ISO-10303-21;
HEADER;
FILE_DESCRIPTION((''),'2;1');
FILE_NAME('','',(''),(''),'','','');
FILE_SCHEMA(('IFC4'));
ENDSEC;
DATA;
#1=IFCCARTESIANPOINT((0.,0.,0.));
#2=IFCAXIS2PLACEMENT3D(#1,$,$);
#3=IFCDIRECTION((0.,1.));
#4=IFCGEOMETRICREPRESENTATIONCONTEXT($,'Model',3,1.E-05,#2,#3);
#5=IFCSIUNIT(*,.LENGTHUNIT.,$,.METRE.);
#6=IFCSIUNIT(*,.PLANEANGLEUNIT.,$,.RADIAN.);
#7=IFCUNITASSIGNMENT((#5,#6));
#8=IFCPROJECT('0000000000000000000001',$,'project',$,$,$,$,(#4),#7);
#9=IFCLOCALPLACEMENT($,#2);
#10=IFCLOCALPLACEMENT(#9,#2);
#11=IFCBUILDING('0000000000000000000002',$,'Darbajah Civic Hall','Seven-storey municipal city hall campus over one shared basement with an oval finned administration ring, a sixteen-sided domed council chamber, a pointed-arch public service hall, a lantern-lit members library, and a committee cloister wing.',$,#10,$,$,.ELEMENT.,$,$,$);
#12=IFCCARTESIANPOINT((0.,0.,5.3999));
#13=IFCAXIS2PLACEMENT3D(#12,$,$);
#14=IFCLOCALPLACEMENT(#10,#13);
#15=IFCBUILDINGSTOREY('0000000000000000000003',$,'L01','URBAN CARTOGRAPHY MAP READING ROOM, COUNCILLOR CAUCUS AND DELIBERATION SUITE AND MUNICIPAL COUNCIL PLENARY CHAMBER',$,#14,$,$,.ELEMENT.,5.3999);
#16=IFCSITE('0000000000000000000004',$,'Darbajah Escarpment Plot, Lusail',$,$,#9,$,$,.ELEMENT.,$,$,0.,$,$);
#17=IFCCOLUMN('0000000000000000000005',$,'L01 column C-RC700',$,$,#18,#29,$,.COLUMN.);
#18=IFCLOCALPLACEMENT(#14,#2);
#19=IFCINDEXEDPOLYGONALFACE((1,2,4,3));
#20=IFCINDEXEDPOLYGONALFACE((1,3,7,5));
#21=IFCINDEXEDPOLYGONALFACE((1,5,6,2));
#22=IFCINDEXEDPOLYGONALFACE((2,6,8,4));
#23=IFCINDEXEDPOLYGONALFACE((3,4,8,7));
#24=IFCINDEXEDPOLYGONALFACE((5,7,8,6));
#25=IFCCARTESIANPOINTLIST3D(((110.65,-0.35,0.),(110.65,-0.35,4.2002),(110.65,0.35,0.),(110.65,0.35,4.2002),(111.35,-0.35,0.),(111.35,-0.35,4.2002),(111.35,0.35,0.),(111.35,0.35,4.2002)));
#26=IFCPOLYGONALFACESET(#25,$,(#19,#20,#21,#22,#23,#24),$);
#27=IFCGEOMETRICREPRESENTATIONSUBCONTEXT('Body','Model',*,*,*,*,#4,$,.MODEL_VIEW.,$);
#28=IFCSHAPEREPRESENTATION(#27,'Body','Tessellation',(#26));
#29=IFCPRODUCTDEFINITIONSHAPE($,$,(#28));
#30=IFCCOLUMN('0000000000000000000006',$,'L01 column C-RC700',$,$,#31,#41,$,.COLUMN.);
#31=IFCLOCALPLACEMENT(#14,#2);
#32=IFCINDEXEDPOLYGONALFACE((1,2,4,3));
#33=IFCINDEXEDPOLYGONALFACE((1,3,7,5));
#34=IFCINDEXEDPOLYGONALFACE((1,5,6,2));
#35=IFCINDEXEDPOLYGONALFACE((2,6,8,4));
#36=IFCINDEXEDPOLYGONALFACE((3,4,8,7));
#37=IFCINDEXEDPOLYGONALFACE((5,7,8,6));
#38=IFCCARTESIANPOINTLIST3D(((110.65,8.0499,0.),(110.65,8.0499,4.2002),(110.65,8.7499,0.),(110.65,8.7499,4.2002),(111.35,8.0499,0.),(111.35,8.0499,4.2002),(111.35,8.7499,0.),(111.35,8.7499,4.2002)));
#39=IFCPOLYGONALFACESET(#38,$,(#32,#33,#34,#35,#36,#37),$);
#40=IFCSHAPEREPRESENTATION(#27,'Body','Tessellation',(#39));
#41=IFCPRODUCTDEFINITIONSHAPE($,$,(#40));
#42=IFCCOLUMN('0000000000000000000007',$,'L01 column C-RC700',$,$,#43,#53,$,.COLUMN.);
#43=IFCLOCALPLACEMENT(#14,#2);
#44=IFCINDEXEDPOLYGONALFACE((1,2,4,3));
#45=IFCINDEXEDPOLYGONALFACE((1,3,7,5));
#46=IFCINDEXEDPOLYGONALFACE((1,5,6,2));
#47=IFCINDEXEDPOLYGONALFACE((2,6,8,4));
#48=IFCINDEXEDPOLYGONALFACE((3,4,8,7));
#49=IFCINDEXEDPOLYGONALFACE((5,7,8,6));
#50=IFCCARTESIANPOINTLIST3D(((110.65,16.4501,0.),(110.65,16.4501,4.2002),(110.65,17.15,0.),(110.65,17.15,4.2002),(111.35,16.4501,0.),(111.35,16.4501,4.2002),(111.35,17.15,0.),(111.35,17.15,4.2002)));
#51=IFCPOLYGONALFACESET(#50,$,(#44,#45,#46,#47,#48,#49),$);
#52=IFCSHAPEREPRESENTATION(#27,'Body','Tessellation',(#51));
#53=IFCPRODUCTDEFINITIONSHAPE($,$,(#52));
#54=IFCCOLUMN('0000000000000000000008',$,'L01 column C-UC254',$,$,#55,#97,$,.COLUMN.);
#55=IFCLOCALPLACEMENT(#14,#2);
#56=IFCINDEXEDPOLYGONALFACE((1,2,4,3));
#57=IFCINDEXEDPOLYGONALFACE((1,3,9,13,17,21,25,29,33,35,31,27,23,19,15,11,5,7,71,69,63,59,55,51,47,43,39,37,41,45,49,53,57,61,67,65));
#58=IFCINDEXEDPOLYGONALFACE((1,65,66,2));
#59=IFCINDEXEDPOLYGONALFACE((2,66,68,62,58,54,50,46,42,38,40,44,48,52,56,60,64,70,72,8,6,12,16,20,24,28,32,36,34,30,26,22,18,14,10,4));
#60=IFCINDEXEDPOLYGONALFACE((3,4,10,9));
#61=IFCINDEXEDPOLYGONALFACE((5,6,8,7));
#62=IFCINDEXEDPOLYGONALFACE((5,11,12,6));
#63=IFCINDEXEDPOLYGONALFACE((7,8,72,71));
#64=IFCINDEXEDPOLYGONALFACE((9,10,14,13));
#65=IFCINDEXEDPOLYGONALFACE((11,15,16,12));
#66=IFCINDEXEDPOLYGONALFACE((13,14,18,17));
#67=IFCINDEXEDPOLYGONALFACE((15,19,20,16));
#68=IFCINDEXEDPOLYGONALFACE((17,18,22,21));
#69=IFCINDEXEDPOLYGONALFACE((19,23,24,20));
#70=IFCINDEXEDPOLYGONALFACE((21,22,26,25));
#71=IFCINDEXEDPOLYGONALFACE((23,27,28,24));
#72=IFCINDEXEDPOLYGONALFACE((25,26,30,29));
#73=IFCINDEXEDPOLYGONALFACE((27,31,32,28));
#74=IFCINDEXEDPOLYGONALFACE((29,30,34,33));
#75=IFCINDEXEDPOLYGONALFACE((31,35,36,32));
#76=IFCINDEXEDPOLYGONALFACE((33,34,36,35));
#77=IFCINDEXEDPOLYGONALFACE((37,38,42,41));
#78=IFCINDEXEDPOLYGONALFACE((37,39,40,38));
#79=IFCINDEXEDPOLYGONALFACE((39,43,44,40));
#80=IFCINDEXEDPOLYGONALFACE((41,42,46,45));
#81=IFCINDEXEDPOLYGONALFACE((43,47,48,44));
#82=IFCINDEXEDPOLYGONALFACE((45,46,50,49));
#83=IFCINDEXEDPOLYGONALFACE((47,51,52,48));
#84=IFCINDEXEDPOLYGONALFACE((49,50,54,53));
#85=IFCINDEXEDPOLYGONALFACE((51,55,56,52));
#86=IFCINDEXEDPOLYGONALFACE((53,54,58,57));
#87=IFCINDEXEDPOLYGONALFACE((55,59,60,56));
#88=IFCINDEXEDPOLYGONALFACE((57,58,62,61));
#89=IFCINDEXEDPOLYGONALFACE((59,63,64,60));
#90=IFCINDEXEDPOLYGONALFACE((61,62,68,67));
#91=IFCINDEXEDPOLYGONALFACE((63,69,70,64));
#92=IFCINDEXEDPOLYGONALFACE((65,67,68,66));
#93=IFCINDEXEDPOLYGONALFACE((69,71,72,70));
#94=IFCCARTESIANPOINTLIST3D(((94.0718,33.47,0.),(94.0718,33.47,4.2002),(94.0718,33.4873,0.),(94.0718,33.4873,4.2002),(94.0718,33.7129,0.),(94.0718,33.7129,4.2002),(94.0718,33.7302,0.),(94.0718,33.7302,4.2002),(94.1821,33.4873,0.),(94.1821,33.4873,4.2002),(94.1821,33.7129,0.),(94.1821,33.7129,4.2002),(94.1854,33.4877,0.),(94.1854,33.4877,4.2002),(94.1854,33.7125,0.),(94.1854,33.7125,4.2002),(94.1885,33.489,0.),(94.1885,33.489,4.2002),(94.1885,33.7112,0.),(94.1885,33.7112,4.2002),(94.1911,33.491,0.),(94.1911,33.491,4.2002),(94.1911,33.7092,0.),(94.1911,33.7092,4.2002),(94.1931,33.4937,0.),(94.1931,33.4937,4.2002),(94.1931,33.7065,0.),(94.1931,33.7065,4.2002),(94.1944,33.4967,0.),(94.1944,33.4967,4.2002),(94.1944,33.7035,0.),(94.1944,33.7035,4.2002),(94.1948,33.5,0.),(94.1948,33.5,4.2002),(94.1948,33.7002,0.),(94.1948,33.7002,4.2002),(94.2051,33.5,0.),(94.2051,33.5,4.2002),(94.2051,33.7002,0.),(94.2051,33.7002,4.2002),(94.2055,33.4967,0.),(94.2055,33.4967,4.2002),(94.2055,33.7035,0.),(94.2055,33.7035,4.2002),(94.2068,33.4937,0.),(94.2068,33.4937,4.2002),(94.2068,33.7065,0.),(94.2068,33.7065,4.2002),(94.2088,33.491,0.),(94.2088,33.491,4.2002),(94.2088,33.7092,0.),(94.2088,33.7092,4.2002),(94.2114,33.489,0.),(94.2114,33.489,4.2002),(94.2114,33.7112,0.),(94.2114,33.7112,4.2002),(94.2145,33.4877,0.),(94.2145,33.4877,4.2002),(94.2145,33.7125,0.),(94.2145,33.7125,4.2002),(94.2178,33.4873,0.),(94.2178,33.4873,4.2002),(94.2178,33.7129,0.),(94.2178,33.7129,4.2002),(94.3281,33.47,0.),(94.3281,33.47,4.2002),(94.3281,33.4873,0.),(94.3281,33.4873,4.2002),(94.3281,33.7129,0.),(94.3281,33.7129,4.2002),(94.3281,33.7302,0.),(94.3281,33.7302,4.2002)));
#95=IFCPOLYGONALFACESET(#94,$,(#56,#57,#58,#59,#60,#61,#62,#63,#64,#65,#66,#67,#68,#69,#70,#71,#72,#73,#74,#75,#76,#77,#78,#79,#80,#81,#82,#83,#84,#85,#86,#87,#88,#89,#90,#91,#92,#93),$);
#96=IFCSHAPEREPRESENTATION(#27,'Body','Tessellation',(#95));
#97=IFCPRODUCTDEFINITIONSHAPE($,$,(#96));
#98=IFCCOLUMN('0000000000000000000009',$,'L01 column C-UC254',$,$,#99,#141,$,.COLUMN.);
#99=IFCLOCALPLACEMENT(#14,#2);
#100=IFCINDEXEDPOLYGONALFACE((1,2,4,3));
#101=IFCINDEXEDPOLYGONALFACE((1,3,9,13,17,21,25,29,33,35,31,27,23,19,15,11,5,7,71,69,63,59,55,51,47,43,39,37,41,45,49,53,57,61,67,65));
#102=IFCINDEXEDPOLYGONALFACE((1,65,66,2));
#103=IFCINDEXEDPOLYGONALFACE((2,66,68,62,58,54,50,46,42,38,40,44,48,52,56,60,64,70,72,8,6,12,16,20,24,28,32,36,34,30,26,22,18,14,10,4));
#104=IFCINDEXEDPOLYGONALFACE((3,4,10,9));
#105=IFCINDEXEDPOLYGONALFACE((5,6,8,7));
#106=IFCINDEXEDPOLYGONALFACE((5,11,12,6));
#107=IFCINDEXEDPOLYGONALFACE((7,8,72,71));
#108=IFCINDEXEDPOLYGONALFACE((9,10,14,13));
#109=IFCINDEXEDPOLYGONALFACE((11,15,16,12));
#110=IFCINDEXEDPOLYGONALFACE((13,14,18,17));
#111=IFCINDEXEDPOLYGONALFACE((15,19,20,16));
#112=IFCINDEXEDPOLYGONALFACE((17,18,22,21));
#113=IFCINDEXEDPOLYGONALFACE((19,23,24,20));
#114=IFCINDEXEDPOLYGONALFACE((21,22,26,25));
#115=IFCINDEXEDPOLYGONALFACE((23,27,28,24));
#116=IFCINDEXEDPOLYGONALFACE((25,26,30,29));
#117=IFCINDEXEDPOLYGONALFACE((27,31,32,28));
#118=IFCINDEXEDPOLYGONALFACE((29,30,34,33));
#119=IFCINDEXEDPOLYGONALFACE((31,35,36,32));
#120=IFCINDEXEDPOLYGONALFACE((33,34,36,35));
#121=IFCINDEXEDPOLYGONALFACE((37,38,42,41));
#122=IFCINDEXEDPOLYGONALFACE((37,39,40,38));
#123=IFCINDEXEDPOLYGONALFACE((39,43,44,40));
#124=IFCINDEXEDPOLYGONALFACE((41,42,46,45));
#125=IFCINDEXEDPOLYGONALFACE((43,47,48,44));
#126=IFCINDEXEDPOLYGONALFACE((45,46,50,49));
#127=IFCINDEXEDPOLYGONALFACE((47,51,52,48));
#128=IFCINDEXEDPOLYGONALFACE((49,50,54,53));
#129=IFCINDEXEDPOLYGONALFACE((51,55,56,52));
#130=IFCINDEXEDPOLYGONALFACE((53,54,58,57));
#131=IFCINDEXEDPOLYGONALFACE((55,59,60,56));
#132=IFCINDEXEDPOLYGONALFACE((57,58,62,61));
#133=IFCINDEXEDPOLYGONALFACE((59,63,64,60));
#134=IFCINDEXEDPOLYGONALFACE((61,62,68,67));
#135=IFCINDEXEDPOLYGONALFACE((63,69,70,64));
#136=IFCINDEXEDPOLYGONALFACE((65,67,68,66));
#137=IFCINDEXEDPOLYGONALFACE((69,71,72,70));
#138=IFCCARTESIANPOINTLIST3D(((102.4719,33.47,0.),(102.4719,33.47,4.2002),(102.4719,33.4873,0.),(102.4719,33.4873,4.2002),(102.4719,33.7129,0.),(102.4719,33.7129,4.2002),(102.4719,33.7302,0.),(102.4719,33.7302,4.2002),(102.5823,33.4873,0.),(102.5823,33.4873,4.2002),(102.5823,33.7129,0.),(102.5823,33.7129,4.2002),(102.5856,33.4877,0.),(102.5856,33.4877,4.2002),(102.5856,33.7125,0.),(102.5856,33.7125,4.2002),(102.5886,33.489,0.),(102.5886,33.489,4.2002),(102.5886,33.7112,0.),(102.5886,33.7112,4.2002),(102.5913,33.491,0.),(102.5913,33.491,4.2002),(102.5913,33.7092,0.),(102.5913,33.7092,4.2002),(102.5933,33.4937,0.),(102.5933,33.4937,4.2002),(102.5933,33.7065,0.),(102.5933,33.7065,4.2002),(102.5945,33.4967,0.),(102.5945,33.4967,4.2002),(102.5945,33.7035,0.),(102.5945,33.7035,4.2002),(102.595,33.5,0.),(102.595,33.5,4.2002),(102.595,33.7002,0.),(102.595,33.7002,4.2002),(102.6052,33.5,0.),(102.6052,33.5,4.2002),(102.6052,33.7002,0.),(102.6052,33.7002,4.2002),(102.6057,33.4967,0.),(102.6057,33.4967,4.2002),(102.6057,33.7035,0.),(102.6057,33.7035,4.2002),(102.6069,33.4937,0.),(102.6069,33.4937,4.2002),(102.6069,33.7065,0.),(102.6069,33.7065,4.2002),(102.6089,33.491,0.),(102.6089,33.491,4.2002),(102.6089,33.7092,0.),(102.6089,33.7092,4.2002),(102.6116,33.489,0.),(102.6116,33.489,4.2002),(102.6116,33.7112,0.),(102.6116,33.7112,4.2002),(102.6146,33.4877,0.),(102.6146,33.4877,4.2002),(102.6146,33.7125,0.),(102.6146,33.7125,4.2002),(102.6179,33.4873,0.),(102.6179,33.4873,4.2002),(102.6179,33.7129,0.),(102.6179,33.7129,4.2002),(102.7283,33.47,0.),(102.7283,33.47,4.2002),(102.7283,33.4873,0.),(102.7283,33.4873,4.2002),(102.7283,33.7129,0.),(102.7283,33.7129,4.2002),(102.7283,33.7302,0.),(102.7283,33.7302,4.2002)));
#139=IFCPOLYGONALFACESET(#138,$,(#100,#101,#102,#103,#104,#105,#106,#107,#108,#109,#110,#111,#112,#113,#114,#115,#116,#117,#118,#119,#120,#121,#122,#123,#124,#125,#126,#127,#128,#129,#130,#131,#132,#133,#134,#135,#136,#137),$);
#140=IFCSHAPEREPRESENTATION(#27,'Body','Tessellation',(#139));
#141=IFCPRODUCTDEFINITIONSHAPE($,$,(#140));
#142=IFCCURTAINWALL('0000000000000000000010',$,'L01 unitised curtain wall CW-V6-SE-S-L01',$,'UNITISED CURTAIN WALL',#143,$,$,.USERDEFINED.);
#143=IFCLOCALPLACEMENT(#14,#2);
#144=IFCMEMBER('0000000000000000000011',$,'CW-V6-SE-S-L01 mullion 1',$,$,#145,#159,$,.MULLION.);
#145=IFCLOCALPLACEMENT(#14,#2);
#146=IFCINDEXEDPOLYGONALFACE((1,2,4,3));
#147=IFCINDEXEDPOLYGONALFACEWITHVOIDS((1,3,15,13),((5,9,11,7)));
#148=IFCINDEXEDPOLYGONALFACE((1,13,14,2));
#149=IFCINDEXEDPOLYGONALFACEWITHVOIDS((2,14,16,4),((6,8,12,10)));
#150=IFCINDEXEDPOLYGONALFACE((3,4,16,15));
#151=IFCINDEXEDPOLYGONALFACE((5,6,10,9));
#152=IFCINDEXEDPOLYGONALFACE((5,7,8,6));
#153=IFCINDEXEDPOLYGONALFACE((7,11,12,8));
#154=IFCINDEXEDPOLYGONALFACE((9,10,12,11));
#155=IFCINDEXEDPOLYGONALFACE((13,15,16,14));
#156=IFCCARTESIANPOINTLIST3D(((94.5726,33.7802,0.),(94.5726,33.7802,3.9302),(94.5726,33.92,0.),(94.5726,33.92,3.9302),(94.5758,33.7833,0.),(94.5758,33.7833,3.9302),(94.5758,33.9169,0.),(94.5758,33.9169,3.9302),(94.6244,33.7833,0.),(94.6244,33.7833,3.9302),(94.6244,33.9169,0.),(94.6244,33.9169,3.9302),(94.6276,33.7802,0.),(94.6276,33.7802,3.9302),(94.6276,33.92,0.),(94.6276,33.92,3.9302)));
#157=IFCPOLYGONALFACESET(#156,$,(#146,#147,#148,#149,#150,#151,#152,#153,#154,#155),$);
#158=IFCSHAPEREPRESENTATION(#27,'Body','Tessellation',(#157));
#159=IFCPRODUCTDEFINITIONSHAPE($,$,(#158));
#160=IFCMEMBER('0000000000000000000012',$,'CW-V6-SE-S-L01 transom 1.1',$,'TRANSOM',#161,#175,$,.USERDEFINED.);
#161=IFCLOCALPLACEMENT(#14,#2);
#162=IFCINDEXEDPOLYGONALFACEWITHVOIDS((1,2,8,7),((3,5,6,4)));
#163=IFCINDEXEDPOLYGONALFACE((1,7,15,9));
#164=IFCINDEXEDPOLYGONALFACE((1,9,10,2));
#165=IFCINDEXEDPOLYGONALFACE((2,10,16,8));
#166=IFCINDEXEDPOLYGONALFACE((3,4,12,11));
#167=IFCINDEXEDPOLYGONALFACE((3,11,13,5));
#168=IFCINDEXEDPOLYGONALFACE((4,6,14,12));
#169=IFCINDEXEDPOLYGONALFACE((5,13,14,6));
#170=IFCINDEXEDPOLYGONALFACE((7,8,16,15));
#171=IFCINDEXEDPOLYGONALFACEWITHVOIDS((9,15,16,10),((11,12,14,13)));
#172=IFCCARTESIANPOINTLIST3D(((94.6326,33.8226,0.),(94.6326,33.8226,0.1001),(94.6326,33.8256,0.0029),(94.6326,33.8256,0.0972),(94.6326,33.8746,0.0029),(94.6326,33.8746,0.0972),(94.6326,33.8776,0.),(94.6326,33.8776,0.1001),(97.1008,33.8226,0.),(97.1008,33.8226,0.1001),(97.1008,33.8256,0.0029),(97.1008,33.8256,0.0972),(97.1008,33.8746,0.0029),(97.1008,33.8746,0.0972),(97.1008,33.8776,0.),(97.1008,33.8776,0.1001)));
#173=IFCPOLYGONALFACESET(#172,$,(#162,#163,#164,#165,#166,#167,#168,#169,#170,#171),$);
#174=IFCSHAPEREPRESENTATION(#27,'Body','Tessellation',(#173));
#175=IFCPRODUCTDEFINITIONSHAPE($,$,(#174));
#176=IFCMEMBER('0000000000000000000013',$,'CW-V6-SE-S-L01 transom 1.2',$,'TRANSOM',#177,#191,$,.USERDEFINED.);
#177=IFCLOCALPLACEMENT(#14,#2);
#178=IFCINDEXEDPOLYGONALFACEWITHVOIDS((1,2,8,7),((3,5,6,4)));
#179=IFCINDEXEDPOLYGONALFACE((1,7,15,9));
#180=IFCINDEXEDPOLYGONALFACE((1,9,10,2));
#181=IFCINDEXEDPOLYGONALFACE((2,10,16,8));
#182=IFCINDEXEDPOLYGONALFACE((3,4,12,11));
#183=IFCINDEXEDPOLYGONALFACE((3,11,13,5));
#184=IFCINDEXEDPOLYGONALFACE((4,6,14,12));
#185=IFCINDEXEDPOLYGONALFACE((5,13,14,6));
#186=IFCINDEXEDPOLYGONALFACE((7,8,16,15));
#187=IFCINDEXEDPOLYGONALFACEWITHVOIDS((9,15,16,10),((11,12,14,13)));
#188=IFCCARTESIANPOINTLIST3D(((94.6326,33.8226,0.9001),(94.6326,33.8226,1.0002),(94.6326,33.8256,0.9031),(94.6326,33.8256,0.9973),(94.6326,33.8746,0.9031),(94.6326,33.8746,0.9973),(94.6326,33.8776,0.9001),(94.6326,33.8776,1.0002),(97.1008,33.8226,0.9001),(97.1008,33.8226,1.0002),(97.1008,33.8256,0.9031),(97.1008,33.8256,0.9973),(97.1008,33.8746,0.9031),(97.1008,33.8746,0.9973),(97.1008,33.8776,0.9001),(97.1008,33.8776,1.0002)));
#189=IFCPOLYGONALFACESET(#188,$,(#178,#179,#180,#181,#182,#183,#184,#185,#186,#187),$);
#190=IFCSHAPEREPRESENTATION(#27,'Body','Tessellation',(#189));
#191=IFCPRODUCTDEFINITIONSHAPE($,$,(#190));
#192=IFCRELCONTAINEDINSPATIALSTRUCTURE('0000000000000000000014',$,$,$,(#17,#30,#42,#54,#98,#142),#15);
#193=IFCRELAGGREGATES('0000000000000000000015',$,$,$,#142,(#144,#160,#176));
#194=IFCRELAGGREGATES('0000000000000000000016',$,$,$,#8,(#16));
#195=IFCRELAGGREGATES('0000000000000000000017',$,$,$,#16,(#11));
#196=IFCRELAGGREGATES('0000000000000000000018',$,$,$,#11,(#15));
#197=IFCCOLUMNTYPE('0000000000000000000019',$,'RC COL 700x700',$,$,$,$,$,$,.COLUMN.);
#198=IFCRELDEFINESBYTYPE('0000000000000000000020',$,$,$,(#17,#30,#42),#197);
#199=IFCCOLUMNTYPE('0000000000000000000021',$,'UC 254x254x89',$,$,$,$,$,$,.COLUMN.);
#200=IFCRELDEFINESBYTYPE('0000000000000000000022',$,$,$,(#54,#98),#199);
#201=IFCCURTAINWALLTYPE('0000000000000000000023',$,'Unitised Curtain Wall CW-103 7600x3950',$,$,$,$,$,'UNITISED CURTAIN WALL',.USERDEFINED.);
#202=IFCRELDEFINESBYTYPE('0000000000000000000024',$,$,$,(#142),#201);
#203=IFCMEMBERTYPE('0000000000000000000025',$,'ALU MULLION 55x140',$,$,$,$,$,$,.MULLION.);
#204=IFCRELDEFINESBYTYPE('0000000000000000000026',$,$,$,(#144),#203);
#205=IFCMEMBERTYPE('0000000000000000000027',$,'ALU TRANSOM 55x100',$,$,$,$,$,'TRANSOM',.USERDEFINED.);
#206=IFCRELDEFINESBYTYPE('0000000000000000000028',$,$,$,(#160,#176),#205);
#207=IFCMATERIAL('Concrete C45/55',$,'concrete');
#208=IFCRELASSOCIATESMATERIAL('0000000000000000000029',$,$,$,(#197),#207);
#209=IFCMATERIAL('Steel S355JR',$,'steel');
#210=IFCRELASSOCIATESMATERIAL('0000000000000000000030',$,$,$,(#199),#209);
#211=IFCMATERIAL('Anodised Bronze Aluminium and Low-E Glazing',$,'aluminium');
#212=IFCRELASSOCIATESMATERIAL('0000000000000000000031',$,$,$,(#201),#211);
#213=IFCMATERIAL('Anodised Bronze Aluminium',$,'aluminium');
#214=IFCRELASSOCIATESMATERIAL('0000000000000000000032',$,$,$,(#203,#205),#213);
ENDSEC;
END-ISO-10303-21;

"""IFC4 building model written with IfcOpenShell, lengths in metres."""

from ifc_helpers import new_model, si_unit, direction, frame, origin, origin_2d, place, context, subcontext, project, spatial, rectangle, hollow_rectangle, i_section, extrude, material, material_profile, profile_set, type_object, element, aggregate, save


model = new_model("IFC4")

# Units and contexts
model_context = context("Model", 3, precision=1e-05, world=origin(), true_north=direction((0.0, 1.0)))
body_context = subcontext(model_context, "Body", "Model", "MODEL_VIEW")
ifc_project = project(units=[si_unit("LENGTHUNIT", "METRE"), si_unit("PLANEANGLEUNIT", "RADIAN")], contexts=[model_context])

# Site, building, storey
site_placement = place(None, origin())
site = spatial("IfcSite", under=ifc_project, at=site_placement, Name="Darbajah Escarpment Plot, Lusail", CompositionType="ELEMENT", RefElevation=0.0)
building_placement = place(site_placement, origin())
building = spatial("IfcBuilding", under=site, at=building_placement, Name="Darbajah Civic Hall", Description="Seven-storey municipal city hall campus over one shared basement with an oval finned administration ring, a sixteen-sided domed council chamber, a pointed-arch public service hall, a lantern-lit members library, and a committee cloister wing.", CompositionType="ELEMENT")
storey_placement = place(building_placement, frame((0.0, 0.0, 5.3999)))
storey = spatial("IfcBuildingStorey", under=building, at=storey_placement, Name="L01", Description="URBAN CARTOGRAPHY MAP READING ROOM, COUNCILLOR CAUCUS AND DELIBERATION SUITE AND MUNICIPAL COUNCIL PLENARY CHAMBER", CompositionType="ELEMENT", Elevation=5.3999)

# Columns
ifc_material_1 = material(Name="Concrete C45/55", Category="concrete")
ifc_material_profile_1 = material_profile(ifc_material_1, rectangle(XDim=0.7, YDim=0.7, at=origin_2d()), Name="RC COL 700x700")
ifc_profile_set_1 = profile_set([ifc_material_profile_1], Name="Concrete C45/55")
column_type_1 = type_object("IfcColumnType", Name="RC COL 700x700", PredefinedType="COLUMN", material=ifc_profile_set_1)
for number, where, z_axis, x_axis, name in (
    (1, (111.0, 0.0, 0.0), (0.0, 0.0, 1.0), (1.0, 0.0, 0.0), "L01 column C-RC700"),
    (2, (111.0, 8.3999, 0.0), (0.0, 0.0, 1.0), (1.0, 0.0, 0.0), "L01 column C-RC700"),
    (3, (111.0, 16.8, 0.0), (0.0, 0.0, 1.0), (1.0, 0.0, 0.0), "L01 column C-RC700"),
):
    element("IfcColumn", number, at=place(storey_placement, frame(where, z_axis=z_axis, x_axis=x_axis)), inside=storey, type_object=column_type_1, Name=name, PredefinedType="COLUMN", context=body_context, shape_type="SweptSolid", body=[
        extrude(rectangle(XDim=0.7, YDim=0.7, at=origin_2d()), origin(), (0.0, 0.0, 1.0), 4.2002),
    ])
ifc_material_2 = material(Name="Steel S355JR", Category="steel")
ifc_material_profile_2 = material_profile(ifc_material_2, i_section(OverallWidth=0.2563, OverallDepth=0.2603, WebThickness=0.0103, FlangeThickness=0.0173, FilletRadius=0.0127, at=origin_2d()), Name="UC 254x254x89")
ifc_profile_set_2 = profile_set([ifc_material_profile_2], Name="Steel S355JR")
column_type_2 = type_object("IfcColumnType", Name="UC 254x254x89", PredefinedType="COLUMN", material=ifc_profile_set_2)
for number, where, z_axis, x_axis, name in (
    (4, (94.2, 33.6001, 0.0), (0.0, 0.0, 1.0), (1.0, 0.0, 0.0), "L01 column C-UC254"),
    (5, (102.6001, 33.6001, 0.0), (0.0, 0.0, 1.0), (1.0, 0.0, 0.0), "L01 column C-UC254"),
):
    element("IfcColumn", number, at=place(storey_placement, frame(where, z_axis=z_axis, x_axis=x_axis)), inside=storey, type_object=column_type_2, Name=name, PredefinedType="COLUMN", context=body_context, shape_type="SweptSolid", body=[
        extrude(i_section(OverallWidth=0.2563, OverallDepth=0.2603, WebThickness=0.0103, FlangeThickness=0.0173, FilletRadius=0.0127, at=origin_2d()), origin(), (0.0, 0.0, 1.0), 4.2002),
    ])

# Curtain wall, members
ifc_material_3 = material(Name="Anodised Bronze Aluminium and Low-E Glazing", Category="aluminium")
curtain_wall_type = type_object("IfcCurtainWallType", Name="Unitised Curtain Wall CW-103 7600x3950", ElementType="UNITISED CURTAIN WALL", PredefinedType="USERDEFINED", material=ifc_material_3)
curtain_wall_placement = place(storey_placement, origin())
curtain_wall = element("IfcCurtainWall", 6, at=curtain_wall_placement, inside=storey, type_object=curtain_wall_type, Name="L01 unitised curtain wall CW-V6-SE-S-L01", ObjectType="UNITISED CURTAIN WALL", PredefinedType="USERDEFINED")
ifc_material_4 = material(Name="Anodised Bronze Aluminium", Category="aluminium")
ifc_material_profile_3 = material_profile(ifc_material_4, hollow_rectangle(XDim=0.0549, YDim=0.1399, WallThickness=0.0032, at=origin_2d()), Name="ALU MULLION 55x140")
ifc_profile_set_3 = profile_set([ifc_material_profile_3], Name="Anodised Bronze Aluminium")
member_type_1 = type_object("IfcMemberType", Name="ALU MULLION 55x140", PredefinedType="MULLION", material=ifc_profile_set_3)
member_1_placement = place(storey_placement, frame((94.6001, 33.8501, 0.0), z_axis=(0.0, 0.0, 1.0), x_axis=(1.0, 0.0, 0.0)))
member_1 = element("IfcMember", 7, at=member_1_placement, type_object=member_type_1, Name="CW-V6-SE-S-L01 mullion 1", PredefinedType="MULLION", context=body_context, shape_type="SweptSolid", body=[
    extrude(hollow_rectangle(XDim=0.0549, YDim=0.1399, WallThickness=0.0032, at=origin_2d()), origin(), (0.0, 0.0, 1.0), 3.9302),
])
ifc_material_profile_4 = material_profile(ifc_material_4, hollow_rectangle(XDim=0.0549, YDim=0.1001, WallThickness=0.0029, at=origin_2d()), Name="ALU TRANSOM 55x100")
ifc_profile_set_4 = profile_set([ifc_material_profile_4], Name="Anodised Bronze Aluminium")
member_type_2 = type_object("IfcMemberType", Name="ALU TRANSOM 55x100", ElementType="TRANSOM", PredefinedType="USERDEFINED", material=ifc_profile_set_4)
member_2_placement = place(storey_placement, frame((94.6326, 33.8501, 0.05), z_axis=(1.0, 0.0, 0.0), x_axis=(0.0, 1.0, 0.0)))
member_2 = element("IfcMember", 8, at=member_2_placement, type_object=member_type_2, Name="CW-V6-SE-S-L01 transom 1.1", ObjectType="TRANSOM", PredefinedType="USERDEFINED", context=body_context, shape_type="SweptSolid", body=[
    extrude(hollow_rectangle(XDim=0.0549, YDim=0.1001, WallThickness=0.0029, at=origin_2d()), origin(), (0.0, 0.0, 1.0), 2.4683),
])
member_3_placement = place(storey_placement, frame((94.6326, 33.8501, 0.9502), z_axis=(1.0, 0.0, 0.0), x_axis=(0.0, 1.0, 0.0)))
member_3 = element("IfcMember", 9, at=member_3_placement, type_object=member_type_2, Name="CW-V6-SE-S-L01 transom 1.2", ObjectType="TRANSOM", PredefinedType="USERDEFINED", context=body_context, shape_type="SweptSolid", body=[
    extrude(hollow_rectangle(XDim=0.0549, YDim=0.1001, WallThickness=0.0029, at=origin_2d()), origin(), (0.0, 0.0, 1.0), 2.4683),
])

aggregate(curtain_wall, [member_1, member_2, member_3])

save(model, "model.ifc")
